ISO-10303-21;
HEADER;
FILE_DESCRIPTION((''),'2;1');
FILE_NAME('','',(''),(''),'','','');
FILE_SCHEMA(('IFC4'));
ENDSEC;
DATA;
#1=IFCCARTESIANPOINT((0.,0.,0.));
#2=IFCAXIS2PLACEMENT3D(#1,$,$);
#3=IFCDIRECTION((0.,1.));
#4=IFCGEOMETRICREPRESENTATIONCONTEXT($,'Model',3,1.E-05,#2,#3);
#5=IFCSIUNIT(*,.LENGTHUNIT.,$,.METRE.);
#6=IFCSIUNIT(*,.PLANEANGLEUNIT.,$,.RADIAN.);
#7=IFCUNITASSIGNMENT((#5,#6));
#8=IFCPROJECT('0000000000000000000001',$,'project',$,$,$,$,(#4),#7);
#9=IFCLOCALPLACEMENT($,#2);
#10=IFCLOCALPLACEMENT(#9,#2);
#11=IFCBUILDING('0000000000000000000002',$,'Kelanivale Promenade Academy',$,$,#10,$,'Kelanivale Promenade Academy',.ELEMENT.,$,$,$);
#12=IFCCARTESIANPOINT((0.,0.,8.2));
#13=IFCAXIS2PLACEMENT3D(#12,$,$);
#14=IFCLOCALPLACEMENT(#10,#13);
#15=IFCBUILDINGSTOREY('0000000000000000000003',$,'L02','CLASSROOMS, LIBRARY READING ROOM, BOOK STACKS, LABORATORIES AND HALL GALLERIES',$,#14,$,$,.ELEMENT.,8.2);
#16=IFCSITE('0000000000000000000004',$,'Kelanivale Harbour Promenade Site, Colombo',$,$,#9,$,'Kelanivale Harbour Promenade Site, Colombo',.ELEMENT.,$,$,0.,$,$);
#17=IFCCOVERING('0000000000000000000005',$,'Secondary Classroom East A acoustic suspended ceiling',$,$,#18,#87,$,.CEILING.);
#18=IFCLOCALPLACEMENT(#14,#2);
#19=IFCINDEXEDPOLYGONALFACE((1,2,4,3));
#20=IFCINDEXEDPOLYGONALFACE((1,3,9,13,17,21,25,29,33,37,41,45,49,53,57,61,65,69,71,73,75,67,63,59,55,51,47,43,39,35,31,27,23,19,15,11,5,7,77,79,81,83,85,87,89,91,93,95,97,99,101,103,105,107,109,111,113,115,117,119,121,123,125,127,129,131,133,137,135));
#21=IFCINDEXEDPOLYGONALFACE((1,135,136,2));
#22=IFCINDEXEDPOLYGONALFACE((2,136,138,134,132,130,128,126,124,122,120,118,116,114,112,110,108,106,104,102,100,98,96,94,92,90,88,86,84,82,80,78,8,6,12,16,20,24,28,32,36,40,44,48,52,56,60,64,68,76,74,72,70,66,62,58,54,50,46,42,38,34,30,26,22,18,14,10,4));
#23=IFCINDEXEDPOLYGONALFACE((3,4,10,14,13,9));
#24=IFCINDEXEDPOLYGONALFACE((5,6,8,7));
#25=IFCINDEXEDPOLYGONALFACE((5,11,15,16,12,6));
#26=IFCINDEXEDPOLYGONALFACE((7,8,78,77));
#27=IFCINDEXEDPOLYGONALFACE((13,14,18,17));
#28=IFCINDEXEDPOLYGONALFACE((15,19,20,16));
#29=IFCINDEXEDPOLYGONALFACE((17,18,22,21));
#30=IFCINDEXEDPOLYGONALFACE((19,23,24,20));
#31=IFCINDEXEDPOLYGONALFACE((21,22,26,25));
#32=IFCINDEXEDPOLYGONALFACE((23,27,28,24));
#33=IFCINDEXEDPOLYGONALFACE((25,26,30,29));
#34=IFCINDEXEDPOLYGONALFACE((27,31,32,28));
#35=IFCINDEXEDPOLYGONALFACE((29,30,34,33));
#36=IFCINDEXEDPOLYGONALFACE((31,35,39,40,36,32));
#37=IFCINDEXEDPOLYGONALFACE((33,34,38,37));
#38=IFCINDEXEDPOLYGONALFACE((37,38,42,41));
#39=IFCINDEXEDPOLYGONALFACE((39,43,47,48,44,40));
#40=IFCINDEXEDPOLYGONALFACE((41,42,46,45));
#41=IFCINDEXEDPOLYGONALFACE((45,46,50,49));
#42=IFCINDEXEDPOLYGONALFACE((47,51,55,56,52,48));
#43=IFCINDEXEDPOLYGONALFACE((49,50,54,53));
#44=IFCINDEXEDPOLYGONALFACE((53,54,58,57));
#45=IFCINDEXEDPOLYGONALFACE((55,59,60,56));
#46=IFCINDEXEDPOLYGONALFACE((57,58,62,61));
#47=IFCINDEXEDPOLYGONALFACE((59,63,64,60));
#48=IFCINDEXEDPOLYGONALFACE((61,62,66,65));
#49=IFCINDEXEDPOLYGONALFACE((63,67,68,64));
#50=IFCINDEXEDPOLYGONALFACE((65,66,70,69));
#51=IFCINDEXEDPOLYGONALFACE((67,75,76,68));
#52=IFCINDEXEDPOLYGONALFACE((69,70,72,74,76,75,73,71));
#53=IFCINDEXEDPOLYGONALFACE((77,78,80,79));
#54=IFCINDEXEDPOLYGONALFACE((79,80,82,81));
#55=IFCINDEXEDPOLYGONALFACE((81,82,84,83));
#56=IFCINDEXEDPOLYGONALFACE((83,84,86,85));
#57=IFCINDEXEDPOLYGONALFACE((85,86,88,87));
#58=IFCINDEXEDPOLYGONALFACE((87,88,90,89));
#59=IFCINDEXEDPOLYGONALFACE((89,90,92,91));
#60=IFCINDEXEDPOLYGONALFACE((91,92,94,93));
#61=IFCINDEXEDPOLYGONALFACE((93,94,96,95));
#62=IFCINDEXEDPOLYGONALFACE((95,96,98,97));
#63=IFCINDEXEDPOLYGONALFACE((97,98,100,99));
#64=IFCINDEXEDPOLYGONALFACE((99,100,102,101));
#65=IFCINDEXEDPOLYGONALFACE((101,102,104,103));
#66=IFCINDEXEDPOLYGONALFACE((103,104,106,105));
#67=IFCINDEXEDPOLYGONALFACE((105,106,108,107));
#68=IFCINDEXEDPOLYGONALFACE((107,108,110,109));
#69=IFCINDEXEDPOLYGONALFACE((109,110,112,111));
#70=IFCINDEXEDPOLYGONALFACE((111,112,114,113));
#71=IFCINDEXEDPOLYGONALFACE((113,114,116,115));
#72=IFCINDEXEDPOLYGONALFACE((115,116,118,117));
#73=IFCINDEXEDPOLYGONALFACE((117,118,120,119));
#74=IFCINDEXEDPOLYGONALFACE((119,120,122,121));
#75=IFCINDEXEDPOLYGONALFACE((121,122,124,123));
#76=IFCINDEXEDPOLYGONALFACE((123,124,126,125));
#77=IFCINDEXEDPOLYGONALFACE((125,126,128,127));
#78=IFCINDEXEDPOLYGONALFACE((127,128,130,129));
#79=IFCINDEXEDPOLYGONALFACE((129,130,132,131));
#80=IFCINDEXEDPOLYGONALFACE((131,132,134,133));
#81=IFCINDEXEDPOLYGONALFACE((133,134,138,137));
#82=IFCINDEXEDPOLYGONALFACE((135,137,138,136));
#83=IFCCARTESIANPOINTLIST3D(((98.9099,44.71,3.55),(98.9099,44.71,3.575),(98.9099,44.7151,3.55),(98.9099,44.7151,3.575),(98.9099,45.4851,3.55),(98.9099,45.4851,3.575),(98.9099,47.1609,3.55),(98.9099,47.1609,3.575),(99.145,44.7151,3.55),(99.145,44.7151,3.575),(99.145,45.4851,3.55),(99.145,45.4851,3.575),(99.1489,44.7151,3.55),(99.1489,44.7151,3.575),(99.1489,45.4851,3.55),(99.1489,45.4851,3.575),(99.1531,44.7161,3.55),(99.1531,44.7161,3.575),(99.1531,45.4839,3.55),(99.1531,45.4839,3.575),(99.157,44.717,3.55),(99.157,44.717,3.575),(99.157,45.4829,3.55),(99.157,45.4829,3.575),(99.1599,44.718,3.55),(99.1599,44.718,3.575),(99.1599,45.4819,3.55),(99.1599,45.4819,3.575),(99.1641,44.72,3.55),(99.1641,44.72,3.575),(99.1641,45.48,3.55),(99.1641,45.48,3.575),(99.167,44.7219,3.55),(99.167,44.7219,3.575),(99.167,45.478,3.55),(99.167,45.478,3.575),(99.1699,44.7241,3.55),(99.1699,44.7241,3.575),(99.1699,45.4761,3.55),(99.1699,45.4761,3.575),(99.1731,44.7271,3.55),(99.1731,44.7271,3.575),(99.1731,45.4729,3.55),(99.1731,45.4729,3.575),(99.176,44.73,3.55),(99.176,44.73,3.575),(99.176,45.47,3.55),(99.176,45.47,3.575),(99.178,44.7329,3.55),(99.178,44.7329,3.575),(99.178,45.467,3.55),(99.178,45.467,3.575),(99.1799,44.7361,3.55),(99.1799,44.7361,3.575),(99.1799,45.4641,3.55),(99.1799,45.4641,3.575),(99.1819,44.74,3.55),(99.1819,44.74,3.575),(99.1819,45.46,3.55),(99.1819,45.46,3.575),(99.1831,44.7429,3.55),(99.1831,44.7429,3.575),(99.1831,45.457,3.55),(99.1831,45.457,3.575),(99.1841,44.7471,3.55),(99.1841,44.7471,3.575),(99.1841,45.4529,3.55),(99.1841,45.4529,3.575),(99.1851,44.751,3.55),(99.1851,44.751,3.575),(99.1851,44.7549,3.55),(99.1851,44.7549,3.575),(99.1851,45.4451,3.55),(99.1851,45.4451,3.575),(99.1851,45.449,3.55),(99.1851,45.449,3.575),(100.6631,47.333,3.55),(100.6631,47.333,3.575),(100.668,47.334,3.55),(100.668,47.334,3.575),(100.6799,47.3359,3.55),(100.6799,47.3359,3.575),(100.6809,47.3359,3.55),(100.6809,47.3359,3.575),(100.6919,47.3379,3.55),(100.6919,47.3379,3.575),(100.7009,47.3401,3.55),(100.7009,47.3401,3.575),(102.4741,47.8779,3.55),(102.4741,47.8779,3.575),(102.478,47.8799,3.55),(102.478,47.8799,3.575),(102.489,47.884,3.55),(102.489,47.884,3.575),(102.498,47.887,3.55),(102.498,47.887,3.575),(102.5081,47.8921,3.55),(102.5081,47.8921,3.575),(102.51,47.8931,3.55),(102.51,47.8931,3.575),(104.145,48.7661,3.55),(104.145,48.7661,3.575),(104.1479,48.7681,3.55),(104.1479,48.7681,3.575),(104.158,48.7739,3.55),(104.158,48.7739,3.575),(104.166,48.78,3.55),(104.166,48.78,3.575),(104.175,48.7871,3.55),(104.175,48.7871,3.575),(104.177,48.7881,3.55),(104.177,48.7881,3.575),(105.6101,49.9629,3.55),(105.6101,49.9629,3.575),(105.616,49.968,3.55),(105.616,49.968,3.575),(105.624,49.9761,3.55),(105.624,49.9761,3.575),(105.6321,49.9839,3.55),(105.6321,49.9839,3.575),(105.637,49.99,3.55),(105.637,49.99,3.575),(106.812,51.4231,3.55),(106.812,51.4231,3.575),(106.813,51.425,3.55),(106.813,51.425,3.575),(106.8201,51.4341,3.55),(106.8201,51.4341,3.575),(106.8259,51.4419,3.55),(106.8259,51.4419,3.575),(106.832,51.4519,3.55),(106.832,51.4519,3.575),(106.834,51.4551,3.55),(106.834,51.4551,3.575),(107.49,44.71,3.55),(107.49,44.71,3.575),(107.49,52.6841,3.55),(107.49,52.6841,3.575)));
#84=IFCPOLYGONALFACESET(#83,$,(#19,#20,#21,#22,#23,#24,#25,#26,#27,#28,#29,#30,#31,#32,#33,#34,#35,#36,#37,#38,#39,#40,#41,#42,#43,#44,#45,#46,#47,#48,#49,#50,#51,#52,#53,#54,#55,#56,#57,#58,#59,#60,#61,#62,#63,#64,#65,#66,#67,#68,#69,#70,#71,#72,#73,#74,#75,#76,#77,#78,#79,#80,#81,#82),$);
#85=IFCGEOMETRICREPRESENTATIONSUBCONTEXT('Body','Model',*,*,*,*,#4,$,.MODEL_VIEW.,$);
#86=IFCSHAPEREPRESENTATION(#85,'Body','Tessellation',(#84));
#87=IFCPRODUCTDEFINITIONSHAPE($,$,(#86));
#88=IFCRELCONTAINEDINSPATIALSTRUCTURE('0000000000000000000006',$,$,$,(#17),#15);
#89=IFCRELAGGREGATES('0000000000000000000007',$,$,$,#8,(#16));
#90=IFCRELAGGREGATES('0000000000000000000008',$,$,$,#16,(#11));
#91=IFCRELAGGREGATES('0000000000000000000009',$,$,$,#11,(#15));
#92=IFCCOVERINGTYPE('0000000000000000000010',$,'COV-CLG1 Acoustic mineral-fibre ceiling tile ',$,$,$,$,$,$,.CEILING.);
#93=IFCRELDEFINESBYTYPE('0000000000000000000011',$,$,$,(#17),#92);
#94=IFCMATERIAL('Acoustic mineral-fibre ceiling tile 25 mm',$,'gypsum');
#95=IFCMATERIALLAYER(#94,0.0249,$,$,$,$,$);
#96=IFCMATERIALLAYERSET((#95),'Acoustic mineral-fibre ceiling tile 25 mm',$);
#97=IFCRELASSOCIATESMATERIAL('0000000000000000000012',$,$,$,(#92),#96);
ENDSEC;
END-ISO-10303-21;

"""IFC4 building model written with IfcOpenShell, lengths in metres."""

from ifc_helpers import new_model, si_unit, direction, frame, origin, place, context, subcontext, project, spatial, polyline, outline, extrude, material, layer, layer_set, type_object, element, save


model = new_model("IFC4")

# Units and contexts
model_context = context("Model", 3, precision=1e-05, world=origin(), true_north=direction((0.0, 1.0)))
body_context = subcontext(model_context, "Body", "Model", "MODEL_VIEW")
ifc_project = project(units=[si_unit("LENGTHUNIT", "METRE"), si_unit("PLANEANGLEUNIT", "RADIAN")], contexts=[model_context])

# Site, building, storey
site_placement = place(None, origin())
site = spatial("IfcSite", under=ifc_project, at=site_placement, Name="Kelanivale Harbour Promenade Site, Colombo", LongName="Kelanivale Harbour Promenade Site, Colombo", CompositionType="ELEMENT", RefElevation=0.0)
building_placement = place(site_placement, origin())
building = spatial("IfcBuilding", under=site, at=building_placement, Name="Kelanivale Promenade Academy", LongName="Kelanivale Promenade Academy", CompositionType="ELEMENT")
storey_placement = place(building_placement, frame((0.0, 0.0, 8.2)))
storey = spatial("IfcBuildingStorey", under=building, at=storey_placement, Name="L02", Description="CLASSROOMS, LIBRARY READING ROOM, BOOK STACKS, LABORATORIES AND HALL GALLERIES", CompositionType="ELEMENT", Elevation=8.2)

# Covering
ifc_material_1 = material(Name="Acoustic mineral-fibre ceiling tile 25 mm", Category="gypsum")
ifc_layer_1 = layer(ifc_material_1, 0.0249)
ifc_layer_set_1 = layer_set([ifc_layer_1], Name="Acoustic mineral-fibre ceiling tile 25 mm")
covering_type_1 = type_object("IfcCoveringType", Name="COV-CLG1 Acoustic mineral-fibre ceiling tile ", PredefinedType="CEILING", material=ifc_layer_set_1)
covering_1_placement = place(storey_placement, frame((0.0, 0.0, 3.55)))
element("IfcCovering", 1, at=covering_1_placement, inside=storey, type_object=covering_type_1, Name="Secondary Classroom East A acoustic suspended ceiling", PredefinedType="CEILING", context=body_context, shape_type="SweptSolid", body=[
    extrude(outline(polyline([(104.166, 48.78), (104.158, 48.7739), (104.1479, 48.7681), (104.145, 48.7661), (102.51, 47.8931), (102.5081, 47.8921), (102.498, 47.887), (102.489, 47.884), (102.478, 47.8799), (102.4741, 47.8779), (100.7009, 47.3401), (100.6919, 47.3379), (100.6809, 47.3359), (100.6799, 47.3359), (100.668, 47.334), (100.6631, 47.333), (98.9099, 47.1609), (98.9099, 45.4851), (99.145, 45.4851), (99.1489, 45.4851), (99.1531, 45.4839), (99.157, 45.4829), (99.1599, 45.4819), (99.1641, 45.48), (99.167, 45.478), (99.1699, 45.4761), (99.1731, 45.4729), (99.176, 45.47), (99.178, 45.467), (99.1799, 45.4641), (99.1819, 45.46), (99.1831, 45.457), (99.1841, 45.4529), (99.1851, 45.449), (99.1851, 45.4451), (99.1851, 44.7549), (99.1851, 44.751), (99.1841, 44.7471), (99.1831, 44.7429), (99.1819, 44.74), (99.1799, 44.7361), (99.178, 44.7329), (99.176, 44.73), (99.1731, 44.7271), (99.1699, 44.7241), (99.167, 44.7219), (99.1641, 44.72), (99.1599, 44.718), (99.157, 44.717), (99.1531, 44.7161), (99.1489, 44.7151), (99.145, 44.7151), (98.9099, 44.7151), (98.9099, 44.71), (107.49, 44.71), (107.49, 52.6841), (106.834, 51.4551), (106.832, 51.4519), (106.8259, 51.4419), (106.8201, 51.4341), (106.813, 51.425), (106.812, 51.4231), (105.637, 49.99), (105.6321, 49.9839), (105.624, 49.9761), (105.616, 49.968), (105.6101, 49.9629), (104.177, 48.7881), (104.175, 48.7871), (104.166, 48.78)])), origin(), (0.0, 0.0, 1.0), 0.0249),
])

save(model, "model.ifc")
